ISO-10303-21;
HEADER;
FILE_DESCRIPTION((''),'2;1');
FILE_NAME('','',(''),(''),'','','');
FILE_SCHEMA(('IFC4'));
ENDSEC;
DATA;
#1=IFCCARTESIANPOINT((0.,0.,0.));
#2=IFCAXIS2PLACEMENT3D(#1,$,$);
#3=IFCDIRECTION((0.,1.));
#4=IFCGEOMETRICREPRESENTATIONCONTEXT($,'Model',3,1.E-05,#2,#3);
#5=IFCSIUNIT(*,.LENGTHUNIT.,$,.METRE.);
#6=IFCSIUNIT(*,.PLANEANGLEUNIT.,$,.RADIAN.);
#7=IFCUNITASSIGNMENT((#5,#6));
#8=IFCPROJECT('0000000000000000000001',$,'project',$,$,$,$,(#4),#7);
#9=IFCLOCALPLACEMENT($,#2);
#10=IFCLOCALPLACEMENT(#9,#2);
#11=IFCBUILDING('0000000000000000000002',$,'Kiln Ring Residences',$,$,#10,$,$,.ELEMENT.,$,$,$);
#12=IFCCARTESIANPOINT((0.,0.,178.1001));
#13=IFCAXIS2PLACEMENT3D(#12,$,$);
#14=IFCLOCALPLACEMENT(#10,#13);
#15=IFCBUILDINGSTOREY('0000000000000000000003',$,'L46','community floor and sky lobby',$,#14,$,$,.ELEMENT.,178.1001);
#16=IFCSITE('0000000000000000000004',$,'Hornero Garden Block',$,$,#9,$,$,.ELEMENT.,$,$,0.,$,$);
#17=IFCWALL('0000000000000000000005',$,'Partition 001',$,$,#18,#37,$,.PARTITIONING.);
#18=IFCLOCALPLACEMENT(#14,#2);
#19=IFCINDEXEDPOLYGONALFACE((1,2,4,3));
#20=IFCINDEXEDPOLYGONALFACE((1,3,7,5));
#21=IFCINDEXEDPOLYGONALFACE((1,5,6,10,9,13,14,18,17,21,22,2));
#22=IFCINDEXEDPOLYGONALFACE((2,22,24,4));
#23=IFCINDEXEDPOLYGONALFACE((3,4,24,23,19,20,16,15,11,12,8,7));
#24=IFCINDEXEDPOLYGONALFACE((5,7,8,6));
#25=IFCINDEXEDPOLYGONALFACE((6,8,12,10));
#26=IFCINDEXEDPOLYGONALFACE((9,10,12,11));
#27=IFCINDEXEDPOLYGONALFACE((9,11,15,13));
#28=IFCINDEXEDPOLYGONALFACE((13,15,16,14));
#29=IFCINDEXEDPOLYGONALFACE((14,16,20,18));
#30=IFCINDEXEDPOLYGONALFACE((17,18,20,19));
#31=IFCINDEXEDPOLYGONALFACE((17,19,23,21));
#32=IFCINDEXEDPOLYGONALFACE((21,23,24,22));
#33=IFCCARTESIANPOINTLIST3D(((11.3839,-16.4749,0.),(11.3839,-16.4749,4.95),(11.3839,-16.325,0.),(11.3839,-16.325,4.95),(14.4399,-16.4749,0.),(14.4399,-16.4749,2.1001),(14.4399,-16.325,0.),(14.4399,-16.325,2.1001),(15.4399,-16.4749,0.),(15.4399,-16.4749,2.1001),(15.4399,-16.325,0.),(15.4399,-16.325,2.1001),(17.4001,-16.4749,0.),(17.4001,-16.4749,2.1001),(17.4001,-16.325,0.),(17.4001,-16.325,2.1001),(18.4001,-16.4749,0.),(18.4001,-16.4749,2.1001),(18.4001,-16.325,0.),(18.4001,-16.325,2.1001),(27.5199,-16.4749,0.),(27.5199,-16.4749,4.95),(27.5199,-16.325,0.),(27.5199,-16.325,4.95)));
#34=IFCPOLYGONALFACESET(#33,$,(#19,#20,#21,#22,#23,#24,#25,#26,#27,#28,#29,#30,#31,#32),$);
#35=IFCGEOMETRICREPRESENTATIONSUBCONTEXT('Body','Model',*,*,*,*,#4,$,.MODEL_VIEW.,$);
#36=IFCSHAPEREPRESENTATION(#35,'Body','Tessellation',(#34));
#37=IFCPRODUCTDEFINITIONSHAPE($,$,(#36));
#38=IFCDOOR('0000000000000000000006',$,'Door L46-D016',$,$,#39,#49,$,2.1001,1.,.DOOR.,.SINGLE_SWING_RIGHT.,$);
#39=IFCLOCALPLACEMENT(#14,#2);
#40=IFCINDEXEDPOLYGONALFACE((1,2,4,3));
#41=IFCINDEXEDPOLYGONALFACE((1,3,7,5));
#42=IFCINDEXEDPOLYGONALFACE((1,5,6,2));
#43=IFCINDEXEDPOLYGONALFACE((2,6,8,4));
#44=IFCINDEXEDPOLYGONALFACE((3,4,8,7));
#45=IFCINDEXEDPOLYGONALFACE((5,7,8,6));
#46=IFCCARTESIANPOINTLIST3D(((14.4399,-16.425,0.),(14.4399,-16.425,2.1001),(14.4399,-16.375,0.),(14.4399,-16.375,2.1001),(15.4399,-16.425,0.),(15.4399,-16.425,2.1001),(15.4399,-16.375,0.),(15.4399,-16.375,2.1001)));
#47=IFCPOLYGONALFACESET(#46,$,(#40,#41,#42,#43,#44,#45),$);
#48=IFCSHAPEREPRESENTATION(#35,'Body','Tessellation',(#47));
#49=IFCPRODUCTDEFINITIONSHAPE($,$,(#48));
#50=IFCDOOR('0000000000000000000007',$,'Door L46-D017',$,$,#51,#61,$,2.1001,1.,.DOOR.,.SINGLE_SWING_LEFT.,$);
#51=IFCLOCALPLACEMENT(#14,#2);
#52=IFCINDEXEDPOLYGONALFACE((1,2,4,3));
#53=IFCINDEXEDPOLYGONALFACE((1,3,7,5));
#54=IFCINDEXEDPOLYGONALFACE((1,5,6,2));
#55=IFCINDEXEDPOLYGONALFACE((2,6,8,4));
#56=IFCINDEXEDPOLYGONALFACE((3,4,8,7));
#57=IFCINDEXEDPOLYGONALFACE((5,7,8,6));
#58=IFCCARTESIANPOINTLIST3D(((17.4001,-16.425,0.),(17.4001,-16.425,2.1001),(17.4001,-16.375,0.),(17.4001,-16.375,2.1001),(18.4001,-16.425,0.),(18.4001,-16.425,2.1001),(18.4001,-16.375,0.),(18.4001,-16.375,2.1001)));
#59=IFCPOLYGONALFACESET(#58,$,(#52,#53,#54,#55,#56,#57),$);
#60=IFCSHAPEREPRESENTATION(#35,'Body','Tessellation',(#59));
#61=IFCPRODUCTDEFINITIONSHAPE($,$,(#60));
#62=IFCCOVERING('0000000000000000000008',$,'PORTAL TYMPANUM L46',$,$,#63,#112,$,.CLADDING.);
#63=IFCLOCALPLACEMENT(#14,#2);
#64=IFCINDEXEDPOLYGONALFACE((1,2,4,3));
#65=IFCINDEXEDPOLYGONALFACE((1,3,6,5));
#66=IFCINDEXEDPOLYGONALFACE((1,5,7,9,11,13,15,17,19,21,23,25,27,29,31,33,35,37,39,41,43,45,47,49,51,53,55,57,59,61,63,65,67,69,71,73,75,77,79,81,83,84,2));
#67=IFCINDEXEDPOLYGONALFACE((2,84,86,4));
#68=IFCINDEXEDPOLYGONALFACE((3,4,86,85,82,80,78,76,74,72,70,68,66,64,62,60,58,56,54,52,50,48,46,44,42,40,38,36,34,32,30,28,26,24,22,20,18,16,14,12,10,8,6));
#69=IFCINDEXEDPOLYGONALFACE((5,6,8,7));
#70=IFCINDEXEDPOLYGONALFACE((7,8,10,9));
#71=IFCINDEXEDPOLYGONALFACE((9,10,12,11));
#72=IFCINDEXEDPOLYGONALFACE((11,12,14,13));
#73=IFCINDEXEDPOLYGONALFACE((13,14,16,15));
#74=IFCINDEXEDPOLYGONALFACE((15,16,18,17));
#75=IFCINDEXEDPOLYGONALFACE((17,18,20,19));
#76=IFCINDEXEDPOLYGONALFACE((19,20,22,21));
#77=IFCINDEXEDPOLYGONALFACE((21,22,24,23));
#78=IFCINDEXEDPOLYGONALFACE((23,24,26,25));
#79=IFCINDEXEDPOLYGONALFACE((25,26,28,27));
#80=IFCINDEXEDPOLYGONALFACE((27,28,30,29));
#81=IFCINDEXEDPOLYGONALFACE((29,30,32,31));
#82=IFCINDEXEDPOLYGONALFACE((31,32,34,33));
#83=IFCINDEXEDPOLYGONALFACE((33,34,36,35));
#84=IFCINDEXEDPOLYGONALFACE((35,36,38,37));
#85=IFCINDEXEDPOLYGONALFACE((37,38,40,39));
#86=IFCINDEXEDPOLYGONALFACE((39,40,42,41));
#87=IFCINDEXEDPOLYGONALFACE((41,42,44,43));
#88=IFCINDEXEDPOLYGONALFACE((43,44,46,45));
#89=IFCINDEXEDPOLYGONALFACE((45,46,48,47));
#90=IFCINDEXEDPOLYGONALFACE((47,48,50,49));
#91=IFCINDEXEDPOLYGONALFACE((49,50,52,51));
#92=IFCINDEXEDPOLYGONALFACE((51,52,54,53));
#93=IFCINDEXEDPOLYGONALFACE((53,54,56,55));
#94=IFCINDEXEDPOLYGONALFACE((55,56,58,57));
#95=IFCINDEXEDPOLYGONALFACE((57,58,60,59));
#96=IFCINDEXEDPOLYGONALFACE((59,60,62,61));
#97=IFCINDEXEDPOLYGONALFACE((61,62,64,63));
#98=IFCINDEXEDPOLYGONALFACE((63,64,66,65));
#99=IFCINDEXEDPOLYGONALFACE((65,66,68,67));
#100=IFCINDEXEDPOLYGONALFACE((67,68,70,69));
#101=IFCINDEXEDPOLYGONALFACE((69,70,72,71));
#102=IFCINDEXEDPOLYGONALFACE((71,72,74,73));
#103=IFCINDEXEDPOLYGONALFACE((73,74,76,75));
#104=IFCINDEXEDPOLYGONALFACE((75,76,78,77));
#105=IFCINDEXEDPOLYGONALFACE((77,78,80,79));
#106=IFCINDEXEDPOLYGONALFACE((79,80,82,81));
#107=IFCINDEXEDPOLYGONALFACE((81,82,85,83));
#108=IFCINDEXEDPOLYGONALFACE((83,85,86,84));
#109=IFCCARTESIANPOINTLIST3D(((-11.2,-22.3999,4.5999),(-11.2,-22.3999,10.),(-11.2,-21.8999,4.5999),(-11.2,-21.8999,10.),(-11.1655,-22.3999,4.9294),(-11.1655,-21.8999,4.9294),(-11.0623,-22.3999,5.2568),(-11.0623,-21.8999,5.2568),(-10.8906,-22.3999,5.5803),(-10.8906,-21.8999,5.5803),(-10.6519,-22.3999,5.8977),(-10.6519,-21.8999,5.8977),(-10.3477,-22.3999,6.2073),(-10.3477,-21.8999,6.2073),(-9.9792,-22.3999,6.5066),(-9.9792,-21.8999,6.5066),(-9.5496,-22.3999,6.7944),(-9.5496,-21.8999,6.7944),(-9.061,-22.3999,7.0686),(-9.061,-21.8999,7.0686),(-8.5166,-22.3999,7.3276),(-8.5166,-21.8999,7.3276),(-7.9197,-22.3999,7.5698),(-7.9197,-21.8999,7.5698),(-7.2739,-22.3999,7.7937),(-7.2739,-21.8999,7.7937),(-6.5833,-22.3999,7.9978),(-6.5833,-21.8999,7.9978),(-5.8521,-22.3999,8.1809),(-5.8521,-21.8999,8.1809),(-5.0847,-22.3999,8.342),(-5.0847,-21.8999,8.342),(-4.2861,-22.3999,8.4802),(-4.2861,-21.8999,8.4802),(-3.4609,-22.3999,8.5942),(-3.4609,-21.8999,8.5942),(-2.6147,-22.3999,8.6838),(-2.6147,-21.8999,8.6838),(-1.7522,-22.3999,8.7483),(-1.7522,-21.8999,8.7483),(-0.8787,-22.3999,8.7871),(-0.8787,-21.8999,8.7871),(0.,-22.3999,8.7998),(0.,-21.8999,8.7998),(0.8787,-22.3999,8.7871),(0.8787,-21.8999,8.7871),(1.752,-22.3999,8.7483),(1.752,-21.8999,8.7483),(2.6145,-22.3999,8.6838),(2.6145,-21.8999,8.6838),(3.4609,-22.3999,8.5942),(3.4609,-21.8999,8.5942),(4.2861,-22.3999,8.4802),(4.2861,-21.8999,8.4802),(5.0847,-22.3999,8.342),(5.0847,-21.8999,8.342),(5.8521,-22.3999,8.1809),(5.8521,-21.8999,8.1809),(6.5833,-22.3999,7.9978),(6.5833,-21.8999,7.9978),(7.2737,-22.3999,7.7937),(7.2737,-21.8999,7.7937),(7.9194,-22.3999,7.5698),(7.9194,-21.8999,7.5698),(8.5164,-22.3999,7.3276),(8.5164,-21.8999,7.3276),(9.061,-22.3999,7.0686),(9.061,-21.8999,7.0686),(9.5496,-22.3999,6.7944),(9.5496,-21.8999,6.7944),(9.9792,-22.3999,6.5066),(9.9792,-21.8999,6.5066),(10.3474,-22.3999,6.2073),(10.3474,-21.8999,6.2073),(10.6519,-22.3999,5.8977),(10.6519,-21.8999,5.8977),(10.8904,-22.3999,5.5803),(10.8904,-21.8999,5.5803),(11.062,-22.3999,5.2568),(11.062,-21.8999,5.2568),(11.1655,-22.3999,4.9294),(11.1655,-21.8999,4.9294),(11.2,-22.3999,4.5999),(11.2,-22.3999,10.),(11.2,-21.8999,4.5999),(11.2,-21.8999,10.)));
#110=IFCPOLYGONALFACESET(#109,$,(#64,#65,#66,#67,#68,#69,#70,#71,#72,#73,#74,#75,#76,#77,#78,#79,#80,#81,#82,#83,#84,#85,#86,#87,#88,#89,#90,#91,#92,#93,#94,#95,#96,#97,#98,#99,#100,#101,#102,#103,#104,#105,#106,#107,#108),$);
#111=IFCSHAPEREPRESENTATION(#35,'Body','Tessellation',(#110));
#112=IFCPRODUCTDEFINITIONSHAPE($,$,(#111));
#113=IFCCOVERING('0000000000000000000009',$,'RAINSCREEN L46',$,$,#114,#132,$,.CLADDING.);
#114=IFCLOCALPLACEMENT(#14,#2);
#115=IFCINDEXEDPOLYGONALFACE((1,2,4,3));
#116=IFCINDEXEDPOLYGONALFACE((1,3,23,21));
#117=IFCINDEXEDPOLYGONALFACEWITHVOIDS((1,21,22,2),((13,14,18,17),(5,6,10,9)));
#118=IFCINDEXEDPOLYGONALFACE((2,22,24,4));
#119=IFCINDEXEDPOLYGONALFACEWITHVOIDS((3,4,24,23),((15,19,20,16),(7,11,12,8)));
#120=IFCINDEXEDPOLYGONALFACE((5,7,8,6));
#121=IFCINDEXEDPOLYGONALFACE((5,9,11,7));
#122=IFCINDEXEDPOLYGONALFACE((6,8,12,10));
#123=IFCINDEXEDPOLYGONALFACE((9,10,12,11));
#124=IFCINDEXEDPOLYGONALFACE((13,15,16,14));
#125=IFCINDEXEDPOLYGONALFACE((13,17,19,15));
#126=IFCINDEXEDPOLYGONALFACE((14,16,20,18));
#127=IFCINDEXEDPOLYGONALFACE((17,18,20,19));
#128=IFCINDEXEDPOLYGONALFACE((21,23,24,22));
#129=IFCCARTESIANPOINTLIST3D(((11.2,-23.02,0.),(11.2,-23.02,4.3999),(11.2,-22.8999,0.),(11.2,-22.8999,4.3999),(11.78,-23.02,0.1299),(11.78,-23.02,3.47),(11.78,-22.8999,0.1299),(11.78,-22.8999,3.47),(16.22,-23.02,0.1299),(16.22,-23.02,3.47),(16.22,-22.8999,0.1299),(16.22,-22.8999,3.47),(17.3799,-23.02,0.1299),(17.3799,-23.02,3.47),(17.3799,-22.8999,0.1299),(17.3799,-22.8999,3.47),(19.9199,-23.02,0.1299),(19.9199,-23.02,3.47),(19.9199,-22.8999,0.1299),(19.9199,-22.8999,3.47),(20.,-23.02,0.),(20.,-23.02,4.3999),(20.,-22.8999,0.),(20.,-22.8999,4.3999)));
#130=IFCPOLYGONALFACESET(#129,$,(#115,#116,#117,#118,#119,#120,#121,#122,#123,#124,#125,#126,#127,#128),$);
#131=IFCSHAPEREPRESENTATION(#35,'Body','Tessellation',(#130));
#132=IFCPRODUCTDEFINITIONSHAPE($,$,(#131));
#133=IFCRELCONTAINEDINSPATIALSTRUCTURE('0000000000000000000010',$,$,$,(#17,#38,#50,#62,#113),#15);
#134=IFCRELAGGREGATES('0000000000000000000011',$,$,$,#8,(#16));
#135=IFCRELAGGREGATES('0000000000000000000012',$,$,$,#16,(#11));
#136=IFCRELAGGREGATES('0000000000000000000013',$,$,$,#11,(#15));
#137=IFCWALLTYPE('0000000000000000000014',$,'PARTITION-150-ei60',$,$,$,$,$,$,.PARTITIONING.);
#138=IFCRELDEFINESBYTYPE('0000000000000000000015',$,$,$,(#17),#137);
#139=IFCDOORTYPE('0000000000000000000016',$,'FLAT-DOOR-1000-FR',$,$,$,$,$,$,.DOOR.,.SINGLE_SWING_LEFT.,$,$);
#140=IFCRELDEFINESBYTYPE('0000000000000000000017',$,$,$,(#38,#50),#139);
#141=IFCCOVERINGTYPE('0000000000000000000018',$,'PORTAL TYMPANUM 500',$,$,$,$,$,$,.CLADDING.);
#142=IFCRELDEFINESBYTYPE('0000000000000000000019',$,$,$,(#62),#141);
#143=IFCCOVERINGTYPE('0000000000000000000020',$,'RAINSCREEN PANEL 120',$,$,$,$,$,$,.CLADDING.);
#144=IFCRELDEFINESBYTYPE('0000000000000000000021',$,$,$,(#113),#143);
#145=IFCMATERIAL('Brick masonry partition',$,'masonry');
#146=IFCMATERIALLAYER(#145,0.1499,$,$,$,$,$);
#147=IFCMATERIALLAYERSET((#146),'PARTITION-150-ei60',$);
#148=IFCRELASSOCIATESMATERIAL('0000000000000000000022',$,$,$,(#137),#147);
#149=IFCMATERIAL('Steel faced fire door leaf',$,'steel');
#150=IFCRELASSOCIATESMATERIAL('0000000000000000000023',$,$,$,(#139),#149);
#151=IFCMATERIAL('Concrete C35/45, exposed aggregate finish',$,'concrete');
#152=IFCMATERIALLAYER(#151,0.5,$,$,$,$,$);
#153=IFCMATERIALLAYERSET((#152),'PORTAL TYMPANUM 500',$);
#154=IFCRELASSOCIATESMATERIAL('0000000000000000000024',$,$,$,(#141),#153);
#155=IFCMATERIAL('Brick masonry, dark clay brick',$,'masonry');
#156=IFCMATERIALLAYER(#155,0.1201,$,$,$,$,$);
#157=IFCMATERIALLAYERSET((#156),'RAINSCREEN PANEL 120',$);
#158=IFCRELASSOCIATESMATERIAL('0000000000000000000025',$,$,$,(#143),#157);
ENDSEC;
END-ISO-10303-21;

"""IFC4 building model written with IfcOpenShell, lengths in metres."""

from ifc_helpers import new_model, si_unit, direction, frame, frame_2d, origin, place, context, subcontext, project, spatial, polyline, rectangle, outline, extrude, material, layer, layer_set, type_object, element, fill, save


model = new_model("IFC4")

# Units and contexts
model_context = context("Model", 3, precision=1e-05, world=origin(), true_north=direction((0.0, 1.0)))
body_context = subcontext(model_context, "Body", "Model", "MODEL_VIEW")
ifc_project = project(units=[si_unit("LENGTHUNIT", "METRE"), si_unit("PLANEANGLEUNIT", "RADIAN")], contexts=[model_context])

# Site, building, storey
site_placement = place(None, origin())
site = spatial("IfcSite", under=ifc_project, at=site_placement, Name="Hornero Garden Block", CompositionType="ELEMENT", RefElevation=0.0)
building_placement = place(site_placement, origin())
building = spatial("IfcBuilding", under=site, at=building_placement, Name="Kiln Ring Residences", CompositionType="ELEMENT")
storey_placement = place(building_placement, frame((0.0, 0.0, 178.1001)))
storey = spatial("IfcBuildingStorey", under=building, at=storey_placement, Name="L46", Description="community floor and sky lobby", CompositionType="ELEMENT", Elevation=178.1001)

# Wall, openings, doors
ifc_material_1 = material(Name="Brick masonry partition", Category="masonry")
ifc_layer_1 = layer(ifc_material_1, 0.1499)
ifc_layer_set_1 = layer_set([ifc_layer_1], Name="PARTITION-150-ei60")
wall_type_1 = type_object("IfcWallType", Name="PARTITION-150-ei60", PredefinedType="PARTITIONING", material=ifc_layer_set_1)
wall_1_placement = place(storey_placement, frame((11.384, -16.3999, 0.0), z_axis=(0.0, 0.0, 1.0), x_axis=(1.0, 0.0, 0.0)))
wall_1 = element("IfcWall", 1, at=wall_1_placement, inside=storey, type_object=wall_type_1, Name="Partition 001", PredefinedType="PARTITIONING", context=body_context, shape_type="SweptSolid", body=[
    extrude(rectangle(XDim=16.136, YDim=0.1499, at=frame_2d((8.0679, 0.0))), origin(), (0.0, 0.0, 1.0), 4.95),
])
opening_1_placement = place(wall_1_placement, frame((3.0559, 0.0, 0.0)))
opening_1 = element("IfcOpeningElement", 2, at=opening_1_placement, cuts=wall_1, PredefinedType="OPENING", context=body_context, shape_type="SweptSolid", body=[
    extrude(rectangle(XDim=1.0, YDim=2.1001, at=frame_2d((0.5, 1.05))), frame((0.0, 0.085, 0.0), z_axis=(0.0, -1.0, 0.0), x_axis=(1.0, 0.0, 0.0)), (0.0, 0.0, 1.0), 0.1699),
])
opening_2_placement = place(wall_1_placement, frame((6.0161, 0.0, 0.0)))
opening_2 = element("IfcOpeningElement", 3, at=opening_2_placement, cuts=wall_1, PredefinedType="OPENING", context=body_context, shape_type="SweptSolid", body=[
    extrude(rectangle(XDim=1.0, YDim=2.1001, at=frame_2d((0.5, 1.05))), frame((0.0, 0.085, 0.0), z_axis=(0.0, -1.0, 0.0), x_axis=(1.0, 0.0, 0.0)), (0.0, 0.0, 1.0), 0.1699),
])
ifc_material_2 = material(Name="Steel faced fire door leaf", Category="steel")
door_type_1 = type_object("IfcDoorType", Name="FLAT-DOOR-1000-FR", OperationType="SINGLE_SWING_LEFT", PredefinedType="DOOR", material=ifc_material_2)
door_1_placement = place(opening_1_placement, origin())
door_1 = element("IfcDoor", 4, at=door_1_placement, inside=storey, type_object=door_type_1, Name="Door L46-D016", OperationType="SINGLE_SWING_RIGHT", OverallHeight=2.1001, OverallWidth=1.0, PredefinedType="DOOR", context=body_context, shape_type="SweptSolid", body=[
    extrude(rectangle(XDim=1.0, YDim=2.1001, at=frame_2d((0.5, 1.05))), frame((0.0, 0.0249, 0.0), z_axis=(0.0, -1.0, 0.0), x_axis=(1.0, 0.0, 0.0)), (0.0, 0.0, 1.0), 0.05),
])
fill(opening_1, door_1)
door_2_placement = place(opening_2_placement, origin())
door_2 = element("IfcDoor", 5, at=door_2_placement, inside=storey, type_object=door_type_1, Name="Door L46-D017", OperationType="SINGLE_SWING_LEFT", OverallHeight=2.1001, OverallWidth=1.0, PredefinedType="DOOR", context=body_context, shape_type="SweptSolid", body=[
    extrude(rectangle(XDim=1.0, YDim=2.1001, at=frame_2d((0.5, 1.05))), frame((0.0, 0.0249, 0.0), z_axis=(0.0, -1.0, 0.0), x_axis=(1.0, 0.0, 0.0)), (0.0, 0.0, 1.0), 0.05),
])
fill(opening_2, door_2)

# Coverings
ifc_material_3 = material(Name="Concrete C35/45, exposed aggregate finish", Category="concrete")
ifc_layer_2 = layer(ifc_material_3, 0.5)
ifc_layer_set_2 = layer_set([ifc_layer_2], Name="PORTAL TYMPANUM 500")
covering_type_1 = type_object("IfcCoveringType", Name="PORTAL TYMPANUM 500", PredefinedType="CLADDING", material=ifc_layer_set_2)
covering_1_placement = place(storey_placement, frame((11.2, -22.1499, 4.5999), z_axis=(0.0, 0.0, 1.0), x_axis=(-1.0, 0.0, 0.0)))
element("IfcCovering", 6, at=covering_1_placement, inside=storey, type_object=covering_type_1, Name="PORTAL TYMPANUM L46", PredefinedType="CLADDING", context=body_context, shape_type="SweptSolid", body=[
    extrude(outline(polyline([(22.3999, 0.0), (22.3999, 5.4001), (0.0, 5.4001), (0.0, 0.0), (0.0344, 0.3296), (0.1379, 0.657), (0.3096, 0.9805), (0.5481, 1.2979), (0.8525, 1.6074), (1.2207, 1.9067), (1.6504, 2.1946), (2.1389, 2.4688), (2.6836, 2.7278), (3.2805, 2.97), (3.9263, 3.1938), (4.6167, 3.3979), (5.3479, 3.5811), (6.1152, 3.7422), (6.9138, 3.8804), (7.739, 3.9944), (8.5854, 4.084), (9.448, 4.1484), (10.3213, 4.1873), (11.2, 4.2), (12.0786, 4.1873), (12.9521, 4.1484), (13.8147, 4.084), (14.6609, 3.9944), (15.4861, 3.8804), (16.2847, 3.7422), (17.052, 3.5811), (17.7832, 3.3979), (18.4739, 3.1938), (19.1196, 2.97), (19.7166, 2.7278), (20.261, 2.4688), (20.7495, 2.1946), (21.1792, 1.9067), (21.5476, 1.6074), (21.8518, 1.2979), (22.0906, 0.9805), (22.2622, 0.657), (22.3655, 0.3296), (22.3999, 0.0)])), frame((0.0, 0.25, 0.0), z_axis=(0.0, -1.0, 0.0), x_axis=(1.0, 0.0, 0.0)), (0.0, 0.0, 1.0), 0.5),
])
ifc_material_4 = material(Name="Brick masonry, dark clay brick", Category="masonry")
ifc_layer_3 = layer(ifc_material_4, 0.1201)
ifc_layer_set_3 = layer_set([ifc_layer_3], Name="RAINSCREEN PANEL 120")
covering_type_2 = type_object("IfcCoveringType", Name="RAINSCREEN PANEL 120", PredefinedType="CLADDING", material=ifc_layer_set_3)
covering_2_placement = place(storey_placement, frame((11.2, -22.96, 0.0), z_axis=(0.0, 0.0, 1.0), x_axis=(1.0, 0.0, 0.0)))
element("IfcCovering", 7, at=covering_2_placement, inside=storey, type_object=covering_type_2, Name="RAINSCREEN L46", PredefinedType="CLADDING", context=body_context, shape_type="SweptSolid", body=[
    extrude(outline(polyline([(0.0, 0.0), (8.8, 0.0), (8.8, 4.3999), (0.0, 4.3999), (0.0, 0.0)]), holes=[polyline([(5.02, 3.47), (0.5801, 3.47), (0.5801, 0.1299), (5.02, 0.1299), (5.02, 3.47)]), polyline([(8.72, 3.47), (6.1799, 3.47), (6.1799, 0.1299), (8.72, 0.1299), (8.72, 3.47)])]), frame((0.0, 0.0601, 0.0), z_axis=(0.0, -1.0, 0.0), x_axis=(1.0, 0.0, 0.0)), (0.0, 0.0, 1.0), 0.1201),
])

save(model, "model.ifc")
